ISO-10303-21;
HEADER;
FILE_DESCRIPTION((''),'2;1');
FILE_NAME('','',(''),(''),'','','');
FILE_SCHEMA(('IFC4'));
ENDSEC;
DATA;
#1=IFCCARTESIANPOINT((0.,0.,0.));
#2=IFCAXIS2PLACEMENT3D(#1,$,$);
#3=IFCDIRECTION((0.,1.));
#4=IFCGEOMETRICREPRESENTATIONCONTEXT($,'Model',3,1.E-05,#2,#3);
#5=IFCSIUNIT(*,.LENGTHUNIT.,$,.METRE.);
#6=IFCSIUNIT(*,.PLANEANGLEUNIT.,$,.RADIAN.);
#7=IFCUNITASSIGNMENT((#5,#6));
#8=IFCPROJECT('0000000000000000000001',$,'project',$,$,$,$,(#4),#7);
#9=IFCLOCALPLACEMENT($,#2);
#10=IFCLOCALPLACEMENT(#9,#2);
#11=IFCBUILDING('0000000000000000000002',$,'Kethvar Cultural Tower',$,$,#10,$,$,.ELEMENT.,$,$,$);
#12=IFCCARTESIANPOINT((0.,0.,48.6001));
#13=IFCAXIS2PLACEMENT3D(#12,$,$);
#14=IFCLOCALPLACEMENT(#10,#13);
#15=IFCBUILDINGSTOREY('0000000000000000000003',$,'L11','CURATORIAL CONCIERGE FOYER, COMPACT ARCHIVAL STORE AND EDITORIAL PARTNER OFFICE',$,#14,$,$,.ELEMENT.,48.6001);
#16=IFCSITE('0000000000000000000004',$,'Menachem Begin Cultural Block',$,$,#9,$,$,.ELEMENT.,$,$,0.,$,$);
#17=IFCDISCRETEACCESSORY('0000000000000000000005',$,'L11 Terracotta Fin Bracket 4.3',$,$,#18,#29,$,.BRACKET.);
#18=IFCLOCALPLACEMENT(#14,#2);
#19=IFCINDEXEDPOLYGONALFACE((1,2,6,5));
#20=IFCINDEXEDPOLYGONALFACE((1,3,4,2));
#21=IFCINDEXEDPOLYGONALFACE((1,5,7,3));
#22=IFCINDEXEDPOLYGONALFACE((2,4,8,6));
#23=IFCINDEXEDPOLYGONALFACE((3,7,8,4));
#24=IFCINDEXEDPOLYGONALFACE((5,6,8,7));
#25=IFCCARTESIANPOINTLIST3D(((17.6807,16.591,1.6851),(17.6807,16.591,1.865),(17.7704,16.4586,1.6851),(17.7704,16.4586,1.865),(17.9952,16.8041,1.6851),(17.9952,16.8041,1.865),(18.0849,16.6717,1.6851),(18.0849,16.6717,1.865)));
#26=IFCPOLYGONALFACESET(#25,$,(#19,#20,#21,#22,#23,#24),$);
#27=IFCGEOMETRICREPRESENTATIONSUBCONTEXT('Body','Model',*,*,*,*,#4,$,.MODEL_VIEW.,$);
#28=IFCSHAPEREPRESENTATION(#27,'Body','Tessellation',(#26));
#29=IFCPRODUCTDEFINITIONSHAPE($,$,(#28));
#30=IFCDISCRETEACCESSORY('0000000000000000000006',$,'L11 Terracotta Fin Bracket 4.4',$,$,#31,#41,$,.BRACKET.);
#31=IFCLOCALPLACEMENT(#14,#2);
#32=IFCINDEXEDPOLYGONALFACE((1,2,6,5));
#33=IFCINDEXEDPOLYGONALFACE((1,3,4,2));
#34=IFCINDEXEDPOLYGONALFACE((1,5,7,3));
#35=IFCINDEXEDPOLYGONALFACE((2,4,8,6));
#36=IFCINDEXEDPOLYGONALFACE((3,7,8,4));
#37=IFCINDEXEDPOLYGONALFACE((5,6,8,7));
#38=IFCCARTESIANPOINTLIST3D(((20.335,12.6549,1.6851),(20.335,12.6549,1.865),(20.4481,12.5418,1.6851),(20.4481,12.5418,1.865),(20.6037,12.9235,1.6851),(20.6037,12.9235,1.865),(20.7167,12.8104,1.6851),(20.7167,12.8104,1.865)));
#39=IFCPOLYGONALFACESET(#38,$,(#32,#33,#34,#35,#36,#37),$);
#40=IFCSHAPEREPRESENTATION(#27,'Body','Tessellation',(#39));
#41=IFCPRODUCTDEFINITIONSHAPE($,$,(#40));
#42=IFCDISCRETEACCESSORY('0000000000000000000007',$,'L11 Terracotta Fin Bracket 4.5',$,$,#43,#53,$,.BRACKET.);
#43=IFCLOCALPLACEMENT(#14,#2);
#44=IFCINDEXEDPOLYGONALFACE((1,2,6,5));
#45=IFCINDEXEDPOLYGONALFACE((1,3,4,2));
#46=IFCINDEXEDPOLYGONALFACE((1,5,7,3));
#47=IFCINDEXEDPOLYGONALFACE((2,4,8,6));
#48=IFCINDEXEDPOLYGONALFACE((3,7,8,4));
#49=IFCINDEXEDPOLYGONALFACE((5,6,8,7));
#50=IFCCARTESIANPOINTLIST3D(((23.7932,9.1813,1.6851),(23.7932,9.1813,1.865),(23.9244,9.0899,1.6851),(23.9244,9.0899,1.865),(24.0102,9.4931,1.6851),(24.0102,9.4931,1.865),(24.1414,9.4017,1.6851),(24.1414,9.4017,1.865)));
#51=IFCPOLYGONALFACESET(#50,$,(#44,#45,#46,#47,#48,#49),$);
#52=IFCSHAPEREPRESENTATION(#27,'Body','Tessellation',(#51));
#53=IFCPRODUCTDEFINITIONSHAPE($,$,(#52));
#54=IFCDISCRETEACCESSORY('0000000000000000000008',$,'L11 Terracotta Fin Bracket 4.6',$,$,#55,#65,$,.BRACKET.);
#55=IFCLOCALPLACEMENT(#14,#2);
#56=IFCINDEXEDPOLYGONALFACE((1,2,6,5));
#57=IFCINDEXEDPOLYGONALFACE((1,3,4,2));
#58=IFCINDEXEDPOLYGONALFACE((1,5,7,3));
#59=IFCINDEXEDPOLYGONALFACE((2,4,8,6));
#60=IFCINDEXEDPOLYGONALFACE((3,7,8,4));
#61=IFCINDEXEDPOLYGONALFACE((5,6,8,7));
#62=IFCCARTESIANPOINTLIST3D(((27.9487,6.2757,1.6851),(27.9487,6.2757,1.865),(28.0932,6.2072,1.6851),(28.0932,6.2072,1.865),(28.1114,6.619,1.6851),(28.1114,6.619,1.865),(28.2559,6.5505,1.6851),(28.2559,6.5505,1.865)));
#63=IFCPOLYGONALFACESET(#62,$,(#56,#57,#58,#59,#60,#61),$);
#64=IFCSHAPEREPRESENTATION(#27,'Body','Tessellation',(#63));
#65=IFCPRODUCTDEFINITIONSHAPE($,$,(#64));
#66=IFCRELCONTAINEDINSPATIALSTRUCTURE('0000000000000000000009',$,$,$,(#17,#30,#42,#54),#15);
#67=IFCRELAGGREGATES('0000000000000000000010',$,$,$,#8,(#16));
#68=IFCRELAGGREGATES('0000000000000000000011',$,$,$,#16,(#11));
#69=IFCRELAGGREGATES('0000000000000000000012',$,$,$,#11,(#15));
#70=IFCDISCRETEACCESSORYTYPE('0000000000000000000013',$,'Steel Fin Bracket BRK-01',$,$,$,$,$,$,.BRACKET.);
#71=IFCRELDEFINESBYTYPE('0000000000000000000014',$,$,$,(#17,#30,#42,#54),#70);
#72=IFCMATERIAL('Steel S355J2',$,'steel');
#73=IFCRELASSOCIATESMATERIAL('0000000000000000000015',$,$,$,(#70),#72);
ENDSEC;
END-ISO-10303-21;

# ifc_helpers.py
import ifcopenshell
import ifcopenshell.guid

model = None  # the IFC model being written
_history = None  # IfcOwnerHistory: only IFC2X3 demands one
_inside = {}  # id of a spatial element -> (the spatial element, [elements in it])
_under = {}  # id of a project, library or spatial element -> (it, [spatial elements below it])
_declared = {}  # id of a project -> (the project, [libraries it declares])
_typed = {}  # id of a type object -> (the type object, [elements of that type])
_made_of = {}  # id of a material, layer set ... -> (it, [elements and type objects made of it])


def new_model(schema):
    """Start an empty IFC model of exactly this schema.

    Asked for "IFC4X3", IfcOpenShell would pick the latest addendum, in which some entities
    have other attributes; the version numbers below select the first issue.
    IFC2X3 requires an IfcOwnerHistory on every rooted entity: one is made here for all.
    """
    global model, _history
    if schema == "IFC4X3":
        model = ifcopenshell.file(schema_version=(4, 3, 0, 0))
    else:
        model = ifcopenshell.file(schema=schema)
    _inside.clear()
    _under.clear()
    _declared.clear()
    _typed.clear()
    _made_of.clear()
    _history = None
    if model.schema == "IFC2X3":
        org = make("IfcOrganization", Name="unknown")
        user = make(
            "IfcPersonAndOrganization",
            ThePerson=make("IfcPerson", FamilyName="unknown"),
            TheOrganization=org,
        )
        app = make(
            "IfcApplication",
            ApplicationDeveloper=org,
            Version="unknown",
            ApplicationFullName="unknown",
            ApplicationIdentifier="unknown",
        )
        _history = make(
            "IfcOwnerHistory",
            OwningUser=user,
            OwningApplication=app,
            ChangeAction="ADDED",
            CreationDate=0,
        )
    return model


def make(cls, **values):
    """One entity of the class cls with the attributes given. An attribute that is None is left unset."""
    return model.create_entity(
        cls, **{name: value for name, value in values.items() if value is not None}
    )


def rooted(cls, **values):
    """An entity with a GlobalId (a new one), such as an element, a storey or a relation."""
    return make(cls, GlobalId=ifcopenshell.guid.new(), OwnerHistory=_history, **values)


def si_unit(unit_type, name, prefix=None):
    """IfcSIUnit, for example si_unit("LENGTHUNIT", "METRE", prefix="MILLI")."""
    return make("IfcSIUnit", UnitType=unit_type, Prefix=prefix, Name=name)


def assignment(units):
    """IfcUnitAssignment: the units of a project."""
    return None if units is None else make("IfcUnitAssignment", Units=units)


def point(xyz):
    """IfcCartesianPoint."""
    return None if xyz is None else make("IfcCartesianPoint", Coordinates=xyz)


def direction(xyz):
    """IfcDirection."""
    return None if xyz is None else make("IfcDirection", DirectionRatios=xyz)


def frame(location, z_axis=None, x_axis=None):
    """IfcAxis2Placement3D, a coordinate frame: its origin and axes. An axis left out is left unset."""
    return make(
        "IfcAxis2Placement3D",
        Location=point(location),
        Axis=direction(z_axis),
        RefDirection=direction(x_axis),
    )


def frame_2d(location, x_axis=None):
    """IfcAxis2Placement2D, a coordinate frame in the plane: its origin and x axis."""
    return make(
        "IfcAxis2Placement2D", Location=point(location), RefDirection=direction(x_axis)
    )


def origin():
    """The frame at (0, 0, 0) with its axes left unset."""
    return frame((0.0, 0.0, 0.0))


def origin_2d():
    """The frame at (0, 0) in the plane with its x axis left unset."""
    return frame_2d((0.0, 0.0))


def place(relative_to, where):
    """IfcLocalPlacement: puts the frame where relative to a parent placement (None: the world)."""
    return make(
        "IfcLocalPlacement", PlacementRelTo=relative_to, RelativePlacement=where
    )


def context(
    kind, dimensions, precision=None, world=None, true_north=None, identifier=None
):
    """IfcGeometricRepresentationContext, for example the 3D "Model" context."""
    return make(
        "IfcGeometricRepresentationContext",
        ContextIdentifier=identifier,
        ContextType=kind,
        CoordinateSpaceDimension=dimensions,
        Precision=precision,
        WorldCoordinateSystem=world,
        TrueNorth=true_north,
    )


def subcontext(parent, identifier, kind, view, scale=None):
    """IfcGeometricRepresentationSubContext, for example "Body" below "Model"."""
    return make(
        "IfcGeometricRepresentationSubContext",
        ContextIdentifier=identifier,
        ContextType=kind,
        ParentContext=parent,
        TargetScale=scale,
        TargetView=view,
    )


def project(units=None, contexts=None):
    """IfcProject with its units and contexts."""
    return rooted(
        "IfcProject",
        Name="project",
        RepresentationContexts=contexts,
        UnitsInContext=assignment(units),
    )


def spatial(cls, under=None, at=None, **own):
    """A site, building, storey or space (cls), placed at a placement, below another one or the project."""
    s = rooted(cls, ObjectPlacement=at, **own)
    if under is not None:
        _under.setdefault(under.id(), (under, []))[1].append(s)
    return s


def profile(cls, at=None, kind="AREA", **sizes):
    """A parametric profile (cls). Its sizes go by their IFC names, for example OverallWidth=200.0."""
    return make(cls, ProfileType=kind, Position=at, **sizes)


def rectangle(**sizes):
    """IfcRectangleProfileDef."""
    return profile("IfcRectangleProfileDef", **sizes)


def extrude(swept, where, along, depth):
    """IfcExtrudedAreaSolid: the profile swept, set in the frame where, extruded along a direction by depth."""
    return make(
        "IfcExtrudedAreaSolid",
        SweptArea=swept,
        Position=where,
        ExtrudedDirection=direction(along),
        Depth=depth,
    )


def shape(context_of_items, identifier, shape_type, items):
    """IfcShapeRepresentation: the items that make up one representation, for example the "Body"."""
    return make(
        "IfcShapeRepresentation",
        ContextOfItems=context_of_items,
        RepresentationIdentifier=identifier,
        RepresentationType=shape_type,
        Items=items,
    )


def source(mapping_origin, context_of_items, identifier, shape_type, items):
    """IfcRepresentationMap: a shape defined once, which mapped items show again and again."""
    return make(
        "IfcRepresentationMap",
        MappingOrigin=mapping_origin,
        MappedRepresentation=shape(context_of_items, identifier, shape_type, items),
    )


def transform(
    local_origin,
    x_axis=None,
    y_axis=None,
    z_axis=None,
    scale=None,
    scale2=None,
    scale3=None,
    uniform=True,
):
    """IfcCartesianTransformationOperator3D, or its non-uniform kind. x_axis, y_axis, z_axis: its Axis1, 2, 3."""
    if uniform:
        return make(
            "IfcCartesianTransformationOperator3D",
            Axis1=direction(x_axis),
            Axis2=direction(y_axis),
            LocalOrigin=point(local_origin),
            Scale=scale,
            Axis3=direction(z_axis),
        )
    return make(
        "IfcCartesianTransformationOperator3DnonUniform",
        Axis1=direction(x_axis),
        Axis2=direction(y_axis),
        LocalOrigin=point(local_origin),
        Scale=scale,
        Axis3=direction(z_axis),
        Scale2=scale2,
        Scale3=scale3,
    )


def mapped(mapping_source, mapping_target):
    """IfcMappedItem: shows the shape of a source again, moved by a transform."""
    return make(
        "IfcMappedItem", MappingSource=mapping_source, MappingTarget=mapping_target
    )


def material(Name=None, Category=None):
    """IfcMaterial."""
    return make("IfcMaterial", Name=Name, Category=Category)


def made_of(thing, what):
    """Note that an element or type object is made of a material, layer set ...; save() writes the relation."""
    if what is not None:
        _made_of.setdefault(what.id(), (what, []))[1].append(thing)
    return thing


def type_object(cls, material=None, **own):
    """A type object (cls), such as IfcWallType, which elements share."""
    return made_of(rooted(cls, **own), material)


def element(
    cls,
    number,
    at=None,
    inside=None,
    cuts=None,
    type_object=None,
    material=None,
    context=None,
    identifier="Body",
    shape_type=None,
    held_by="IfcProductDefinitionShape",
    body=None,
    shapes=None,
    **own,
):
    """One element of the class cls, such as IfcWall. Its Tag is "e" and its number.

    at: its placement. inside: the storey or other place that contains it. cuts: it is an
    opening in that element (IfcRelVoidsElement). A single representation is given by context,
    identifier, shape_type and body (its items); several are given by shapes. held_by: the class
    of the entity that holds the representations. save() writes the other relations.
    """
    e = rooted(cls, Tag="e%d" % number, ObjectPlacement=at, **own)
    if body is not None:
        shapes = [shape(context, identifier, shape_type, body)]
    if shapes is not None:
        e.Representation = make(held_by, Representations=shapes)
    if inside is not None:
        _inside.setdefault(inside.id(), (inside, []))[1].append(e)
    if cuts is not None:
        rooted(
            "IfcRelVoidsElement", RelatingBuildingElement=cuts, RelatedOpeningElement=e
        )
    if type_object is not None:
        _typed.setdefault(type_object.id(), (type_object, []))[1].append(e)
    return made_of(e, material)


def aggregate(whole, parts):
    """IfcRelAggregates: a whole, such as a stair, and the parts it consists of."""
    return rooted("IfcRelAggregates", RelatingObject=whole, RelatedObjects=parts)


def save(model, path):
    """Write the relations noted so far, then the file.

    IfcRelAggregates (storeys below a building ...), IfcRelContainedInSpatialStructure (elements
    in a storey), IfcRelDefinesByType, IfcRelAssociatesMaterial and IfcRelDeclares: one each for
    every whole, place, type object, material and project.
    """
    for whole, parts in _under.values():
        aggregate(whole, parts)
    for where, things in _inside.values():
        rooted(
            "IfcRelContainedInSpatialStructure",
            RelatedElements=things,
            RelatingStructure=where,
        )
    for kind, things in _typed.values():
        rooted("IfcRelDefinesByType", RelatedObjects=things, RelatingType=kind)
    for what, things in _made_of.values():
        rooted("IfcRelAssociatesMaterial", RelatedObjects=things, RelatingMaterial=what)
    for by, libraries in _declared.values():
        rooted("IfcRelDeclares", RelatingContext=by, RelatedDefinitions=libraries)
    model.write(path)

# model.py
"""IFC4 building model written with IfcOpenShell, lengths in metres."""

from ifc_helpers import new_model, si_unit, direction, frame, origin, origin_2d, place, context, subcontext, project, spatial, rectangle, extrude, source, transform, mapped, material, type_object, element, save


model = new_model("IFC4")

# Units and contexts
model_context = context("Model", 3, precision=1e-05, world=origin(), true_north=direction((0.0, 1.0)))
body_context = subcontext(model_context, "Body", "Model", "MODEL_VIEW")
ifc_project = project(units=[si_unit("LENGTHUNIT", "METRE"), si_unit("PLANEANGLEUNIT", "RADIAN")], contexts=[model_context])

# Site, building, storey
site_placement = place(None, origin())
site = spatial("IfcSite", under=ifc_project, at=site_placement, Name="Menachem Begin Cultural Block", CompositionType="ELEMENT", RefElevation=0.0)
building_placement = place(site_placement, origin())
building = spatial("IfcBuilding", under=site, at=building_placement, Name="Kethvar Cultural Tower", CompositionType="ELEMENT")
storey_placement = place(building_placement, frame((0.0, 0.0, 48.6001)))
storey = spatial("IfcBuildingStorey", under=building, at=storey_placement, Name="L11", Description="CURATORIAL CONCIERGE FOYER, COMPACT ARCHIVAL STORE AND EDITORIAL PARTNER OFFICE", CompositionType="ELEMENT", Elevation=48.6001)

# Shared definitions
ifc_material_1 = material(Name="Steel S355J2", Category="steel")

# Discrete accessories
discrete_accessory_type = type_object("IfcDiscreteAccessoryType", Name="Steel Fin Bracket BRK-01", PredefinedType="BRACKET", material=ifc_material_1)
shared_shape_1 = source(origin(), body_context, "Body", "SweptSolid", [
    extrude(rectangle(XDim=0.3799, YDim=0.1599, at=origin_2d()), origin(), (0.0, 0.0, 1.0), 0.1799),
])
for number, where, z_axis, x_axis, name in (
    (1, (17.8828, 16.6313, 1.6851), (0.0, 0.0, 1.0), (-0.827767, -0.561072, 0.0), "L11 Terracotta Fin Bracket 4.3"),
    (2, (20.5259, 12.7327, 1.6851), (0.0, 0.0, 1.0), (-0.707107, -0.707107, 0.0), "L11 Terracotta Fin Bracket 4.4"),
    (3, (23.9673, 9.2915, 1.6851), (0.0, 0.0, 1.0), (-0.571287, -0.820751, 0.0), "L11 Terracotta Fin Bracket 4.5"),
    (4, (28.1023, 6.4131, 1.6851), (0.0, 0.0, 1.0), (-0.428304, -0.903635, 0.0), "L11 Terracotta Fin Bracket 4.6"),
):
    element("IfcDiscreteAccessory", number, at=place(storey_placement, frame(where, z_axis=z_axis, x_axis=x_axis)), inside=storey, type_object=discrete_accessory_type, Name=name, PredefinedType="BRACKET", context=body_context, shape_type="MappedRepresentation", body=[
        mapped(shared_shape_1, transform((0.0, 0.0, 0.0), scale=1.0)),
    ])

save(model, "model.ifc")
